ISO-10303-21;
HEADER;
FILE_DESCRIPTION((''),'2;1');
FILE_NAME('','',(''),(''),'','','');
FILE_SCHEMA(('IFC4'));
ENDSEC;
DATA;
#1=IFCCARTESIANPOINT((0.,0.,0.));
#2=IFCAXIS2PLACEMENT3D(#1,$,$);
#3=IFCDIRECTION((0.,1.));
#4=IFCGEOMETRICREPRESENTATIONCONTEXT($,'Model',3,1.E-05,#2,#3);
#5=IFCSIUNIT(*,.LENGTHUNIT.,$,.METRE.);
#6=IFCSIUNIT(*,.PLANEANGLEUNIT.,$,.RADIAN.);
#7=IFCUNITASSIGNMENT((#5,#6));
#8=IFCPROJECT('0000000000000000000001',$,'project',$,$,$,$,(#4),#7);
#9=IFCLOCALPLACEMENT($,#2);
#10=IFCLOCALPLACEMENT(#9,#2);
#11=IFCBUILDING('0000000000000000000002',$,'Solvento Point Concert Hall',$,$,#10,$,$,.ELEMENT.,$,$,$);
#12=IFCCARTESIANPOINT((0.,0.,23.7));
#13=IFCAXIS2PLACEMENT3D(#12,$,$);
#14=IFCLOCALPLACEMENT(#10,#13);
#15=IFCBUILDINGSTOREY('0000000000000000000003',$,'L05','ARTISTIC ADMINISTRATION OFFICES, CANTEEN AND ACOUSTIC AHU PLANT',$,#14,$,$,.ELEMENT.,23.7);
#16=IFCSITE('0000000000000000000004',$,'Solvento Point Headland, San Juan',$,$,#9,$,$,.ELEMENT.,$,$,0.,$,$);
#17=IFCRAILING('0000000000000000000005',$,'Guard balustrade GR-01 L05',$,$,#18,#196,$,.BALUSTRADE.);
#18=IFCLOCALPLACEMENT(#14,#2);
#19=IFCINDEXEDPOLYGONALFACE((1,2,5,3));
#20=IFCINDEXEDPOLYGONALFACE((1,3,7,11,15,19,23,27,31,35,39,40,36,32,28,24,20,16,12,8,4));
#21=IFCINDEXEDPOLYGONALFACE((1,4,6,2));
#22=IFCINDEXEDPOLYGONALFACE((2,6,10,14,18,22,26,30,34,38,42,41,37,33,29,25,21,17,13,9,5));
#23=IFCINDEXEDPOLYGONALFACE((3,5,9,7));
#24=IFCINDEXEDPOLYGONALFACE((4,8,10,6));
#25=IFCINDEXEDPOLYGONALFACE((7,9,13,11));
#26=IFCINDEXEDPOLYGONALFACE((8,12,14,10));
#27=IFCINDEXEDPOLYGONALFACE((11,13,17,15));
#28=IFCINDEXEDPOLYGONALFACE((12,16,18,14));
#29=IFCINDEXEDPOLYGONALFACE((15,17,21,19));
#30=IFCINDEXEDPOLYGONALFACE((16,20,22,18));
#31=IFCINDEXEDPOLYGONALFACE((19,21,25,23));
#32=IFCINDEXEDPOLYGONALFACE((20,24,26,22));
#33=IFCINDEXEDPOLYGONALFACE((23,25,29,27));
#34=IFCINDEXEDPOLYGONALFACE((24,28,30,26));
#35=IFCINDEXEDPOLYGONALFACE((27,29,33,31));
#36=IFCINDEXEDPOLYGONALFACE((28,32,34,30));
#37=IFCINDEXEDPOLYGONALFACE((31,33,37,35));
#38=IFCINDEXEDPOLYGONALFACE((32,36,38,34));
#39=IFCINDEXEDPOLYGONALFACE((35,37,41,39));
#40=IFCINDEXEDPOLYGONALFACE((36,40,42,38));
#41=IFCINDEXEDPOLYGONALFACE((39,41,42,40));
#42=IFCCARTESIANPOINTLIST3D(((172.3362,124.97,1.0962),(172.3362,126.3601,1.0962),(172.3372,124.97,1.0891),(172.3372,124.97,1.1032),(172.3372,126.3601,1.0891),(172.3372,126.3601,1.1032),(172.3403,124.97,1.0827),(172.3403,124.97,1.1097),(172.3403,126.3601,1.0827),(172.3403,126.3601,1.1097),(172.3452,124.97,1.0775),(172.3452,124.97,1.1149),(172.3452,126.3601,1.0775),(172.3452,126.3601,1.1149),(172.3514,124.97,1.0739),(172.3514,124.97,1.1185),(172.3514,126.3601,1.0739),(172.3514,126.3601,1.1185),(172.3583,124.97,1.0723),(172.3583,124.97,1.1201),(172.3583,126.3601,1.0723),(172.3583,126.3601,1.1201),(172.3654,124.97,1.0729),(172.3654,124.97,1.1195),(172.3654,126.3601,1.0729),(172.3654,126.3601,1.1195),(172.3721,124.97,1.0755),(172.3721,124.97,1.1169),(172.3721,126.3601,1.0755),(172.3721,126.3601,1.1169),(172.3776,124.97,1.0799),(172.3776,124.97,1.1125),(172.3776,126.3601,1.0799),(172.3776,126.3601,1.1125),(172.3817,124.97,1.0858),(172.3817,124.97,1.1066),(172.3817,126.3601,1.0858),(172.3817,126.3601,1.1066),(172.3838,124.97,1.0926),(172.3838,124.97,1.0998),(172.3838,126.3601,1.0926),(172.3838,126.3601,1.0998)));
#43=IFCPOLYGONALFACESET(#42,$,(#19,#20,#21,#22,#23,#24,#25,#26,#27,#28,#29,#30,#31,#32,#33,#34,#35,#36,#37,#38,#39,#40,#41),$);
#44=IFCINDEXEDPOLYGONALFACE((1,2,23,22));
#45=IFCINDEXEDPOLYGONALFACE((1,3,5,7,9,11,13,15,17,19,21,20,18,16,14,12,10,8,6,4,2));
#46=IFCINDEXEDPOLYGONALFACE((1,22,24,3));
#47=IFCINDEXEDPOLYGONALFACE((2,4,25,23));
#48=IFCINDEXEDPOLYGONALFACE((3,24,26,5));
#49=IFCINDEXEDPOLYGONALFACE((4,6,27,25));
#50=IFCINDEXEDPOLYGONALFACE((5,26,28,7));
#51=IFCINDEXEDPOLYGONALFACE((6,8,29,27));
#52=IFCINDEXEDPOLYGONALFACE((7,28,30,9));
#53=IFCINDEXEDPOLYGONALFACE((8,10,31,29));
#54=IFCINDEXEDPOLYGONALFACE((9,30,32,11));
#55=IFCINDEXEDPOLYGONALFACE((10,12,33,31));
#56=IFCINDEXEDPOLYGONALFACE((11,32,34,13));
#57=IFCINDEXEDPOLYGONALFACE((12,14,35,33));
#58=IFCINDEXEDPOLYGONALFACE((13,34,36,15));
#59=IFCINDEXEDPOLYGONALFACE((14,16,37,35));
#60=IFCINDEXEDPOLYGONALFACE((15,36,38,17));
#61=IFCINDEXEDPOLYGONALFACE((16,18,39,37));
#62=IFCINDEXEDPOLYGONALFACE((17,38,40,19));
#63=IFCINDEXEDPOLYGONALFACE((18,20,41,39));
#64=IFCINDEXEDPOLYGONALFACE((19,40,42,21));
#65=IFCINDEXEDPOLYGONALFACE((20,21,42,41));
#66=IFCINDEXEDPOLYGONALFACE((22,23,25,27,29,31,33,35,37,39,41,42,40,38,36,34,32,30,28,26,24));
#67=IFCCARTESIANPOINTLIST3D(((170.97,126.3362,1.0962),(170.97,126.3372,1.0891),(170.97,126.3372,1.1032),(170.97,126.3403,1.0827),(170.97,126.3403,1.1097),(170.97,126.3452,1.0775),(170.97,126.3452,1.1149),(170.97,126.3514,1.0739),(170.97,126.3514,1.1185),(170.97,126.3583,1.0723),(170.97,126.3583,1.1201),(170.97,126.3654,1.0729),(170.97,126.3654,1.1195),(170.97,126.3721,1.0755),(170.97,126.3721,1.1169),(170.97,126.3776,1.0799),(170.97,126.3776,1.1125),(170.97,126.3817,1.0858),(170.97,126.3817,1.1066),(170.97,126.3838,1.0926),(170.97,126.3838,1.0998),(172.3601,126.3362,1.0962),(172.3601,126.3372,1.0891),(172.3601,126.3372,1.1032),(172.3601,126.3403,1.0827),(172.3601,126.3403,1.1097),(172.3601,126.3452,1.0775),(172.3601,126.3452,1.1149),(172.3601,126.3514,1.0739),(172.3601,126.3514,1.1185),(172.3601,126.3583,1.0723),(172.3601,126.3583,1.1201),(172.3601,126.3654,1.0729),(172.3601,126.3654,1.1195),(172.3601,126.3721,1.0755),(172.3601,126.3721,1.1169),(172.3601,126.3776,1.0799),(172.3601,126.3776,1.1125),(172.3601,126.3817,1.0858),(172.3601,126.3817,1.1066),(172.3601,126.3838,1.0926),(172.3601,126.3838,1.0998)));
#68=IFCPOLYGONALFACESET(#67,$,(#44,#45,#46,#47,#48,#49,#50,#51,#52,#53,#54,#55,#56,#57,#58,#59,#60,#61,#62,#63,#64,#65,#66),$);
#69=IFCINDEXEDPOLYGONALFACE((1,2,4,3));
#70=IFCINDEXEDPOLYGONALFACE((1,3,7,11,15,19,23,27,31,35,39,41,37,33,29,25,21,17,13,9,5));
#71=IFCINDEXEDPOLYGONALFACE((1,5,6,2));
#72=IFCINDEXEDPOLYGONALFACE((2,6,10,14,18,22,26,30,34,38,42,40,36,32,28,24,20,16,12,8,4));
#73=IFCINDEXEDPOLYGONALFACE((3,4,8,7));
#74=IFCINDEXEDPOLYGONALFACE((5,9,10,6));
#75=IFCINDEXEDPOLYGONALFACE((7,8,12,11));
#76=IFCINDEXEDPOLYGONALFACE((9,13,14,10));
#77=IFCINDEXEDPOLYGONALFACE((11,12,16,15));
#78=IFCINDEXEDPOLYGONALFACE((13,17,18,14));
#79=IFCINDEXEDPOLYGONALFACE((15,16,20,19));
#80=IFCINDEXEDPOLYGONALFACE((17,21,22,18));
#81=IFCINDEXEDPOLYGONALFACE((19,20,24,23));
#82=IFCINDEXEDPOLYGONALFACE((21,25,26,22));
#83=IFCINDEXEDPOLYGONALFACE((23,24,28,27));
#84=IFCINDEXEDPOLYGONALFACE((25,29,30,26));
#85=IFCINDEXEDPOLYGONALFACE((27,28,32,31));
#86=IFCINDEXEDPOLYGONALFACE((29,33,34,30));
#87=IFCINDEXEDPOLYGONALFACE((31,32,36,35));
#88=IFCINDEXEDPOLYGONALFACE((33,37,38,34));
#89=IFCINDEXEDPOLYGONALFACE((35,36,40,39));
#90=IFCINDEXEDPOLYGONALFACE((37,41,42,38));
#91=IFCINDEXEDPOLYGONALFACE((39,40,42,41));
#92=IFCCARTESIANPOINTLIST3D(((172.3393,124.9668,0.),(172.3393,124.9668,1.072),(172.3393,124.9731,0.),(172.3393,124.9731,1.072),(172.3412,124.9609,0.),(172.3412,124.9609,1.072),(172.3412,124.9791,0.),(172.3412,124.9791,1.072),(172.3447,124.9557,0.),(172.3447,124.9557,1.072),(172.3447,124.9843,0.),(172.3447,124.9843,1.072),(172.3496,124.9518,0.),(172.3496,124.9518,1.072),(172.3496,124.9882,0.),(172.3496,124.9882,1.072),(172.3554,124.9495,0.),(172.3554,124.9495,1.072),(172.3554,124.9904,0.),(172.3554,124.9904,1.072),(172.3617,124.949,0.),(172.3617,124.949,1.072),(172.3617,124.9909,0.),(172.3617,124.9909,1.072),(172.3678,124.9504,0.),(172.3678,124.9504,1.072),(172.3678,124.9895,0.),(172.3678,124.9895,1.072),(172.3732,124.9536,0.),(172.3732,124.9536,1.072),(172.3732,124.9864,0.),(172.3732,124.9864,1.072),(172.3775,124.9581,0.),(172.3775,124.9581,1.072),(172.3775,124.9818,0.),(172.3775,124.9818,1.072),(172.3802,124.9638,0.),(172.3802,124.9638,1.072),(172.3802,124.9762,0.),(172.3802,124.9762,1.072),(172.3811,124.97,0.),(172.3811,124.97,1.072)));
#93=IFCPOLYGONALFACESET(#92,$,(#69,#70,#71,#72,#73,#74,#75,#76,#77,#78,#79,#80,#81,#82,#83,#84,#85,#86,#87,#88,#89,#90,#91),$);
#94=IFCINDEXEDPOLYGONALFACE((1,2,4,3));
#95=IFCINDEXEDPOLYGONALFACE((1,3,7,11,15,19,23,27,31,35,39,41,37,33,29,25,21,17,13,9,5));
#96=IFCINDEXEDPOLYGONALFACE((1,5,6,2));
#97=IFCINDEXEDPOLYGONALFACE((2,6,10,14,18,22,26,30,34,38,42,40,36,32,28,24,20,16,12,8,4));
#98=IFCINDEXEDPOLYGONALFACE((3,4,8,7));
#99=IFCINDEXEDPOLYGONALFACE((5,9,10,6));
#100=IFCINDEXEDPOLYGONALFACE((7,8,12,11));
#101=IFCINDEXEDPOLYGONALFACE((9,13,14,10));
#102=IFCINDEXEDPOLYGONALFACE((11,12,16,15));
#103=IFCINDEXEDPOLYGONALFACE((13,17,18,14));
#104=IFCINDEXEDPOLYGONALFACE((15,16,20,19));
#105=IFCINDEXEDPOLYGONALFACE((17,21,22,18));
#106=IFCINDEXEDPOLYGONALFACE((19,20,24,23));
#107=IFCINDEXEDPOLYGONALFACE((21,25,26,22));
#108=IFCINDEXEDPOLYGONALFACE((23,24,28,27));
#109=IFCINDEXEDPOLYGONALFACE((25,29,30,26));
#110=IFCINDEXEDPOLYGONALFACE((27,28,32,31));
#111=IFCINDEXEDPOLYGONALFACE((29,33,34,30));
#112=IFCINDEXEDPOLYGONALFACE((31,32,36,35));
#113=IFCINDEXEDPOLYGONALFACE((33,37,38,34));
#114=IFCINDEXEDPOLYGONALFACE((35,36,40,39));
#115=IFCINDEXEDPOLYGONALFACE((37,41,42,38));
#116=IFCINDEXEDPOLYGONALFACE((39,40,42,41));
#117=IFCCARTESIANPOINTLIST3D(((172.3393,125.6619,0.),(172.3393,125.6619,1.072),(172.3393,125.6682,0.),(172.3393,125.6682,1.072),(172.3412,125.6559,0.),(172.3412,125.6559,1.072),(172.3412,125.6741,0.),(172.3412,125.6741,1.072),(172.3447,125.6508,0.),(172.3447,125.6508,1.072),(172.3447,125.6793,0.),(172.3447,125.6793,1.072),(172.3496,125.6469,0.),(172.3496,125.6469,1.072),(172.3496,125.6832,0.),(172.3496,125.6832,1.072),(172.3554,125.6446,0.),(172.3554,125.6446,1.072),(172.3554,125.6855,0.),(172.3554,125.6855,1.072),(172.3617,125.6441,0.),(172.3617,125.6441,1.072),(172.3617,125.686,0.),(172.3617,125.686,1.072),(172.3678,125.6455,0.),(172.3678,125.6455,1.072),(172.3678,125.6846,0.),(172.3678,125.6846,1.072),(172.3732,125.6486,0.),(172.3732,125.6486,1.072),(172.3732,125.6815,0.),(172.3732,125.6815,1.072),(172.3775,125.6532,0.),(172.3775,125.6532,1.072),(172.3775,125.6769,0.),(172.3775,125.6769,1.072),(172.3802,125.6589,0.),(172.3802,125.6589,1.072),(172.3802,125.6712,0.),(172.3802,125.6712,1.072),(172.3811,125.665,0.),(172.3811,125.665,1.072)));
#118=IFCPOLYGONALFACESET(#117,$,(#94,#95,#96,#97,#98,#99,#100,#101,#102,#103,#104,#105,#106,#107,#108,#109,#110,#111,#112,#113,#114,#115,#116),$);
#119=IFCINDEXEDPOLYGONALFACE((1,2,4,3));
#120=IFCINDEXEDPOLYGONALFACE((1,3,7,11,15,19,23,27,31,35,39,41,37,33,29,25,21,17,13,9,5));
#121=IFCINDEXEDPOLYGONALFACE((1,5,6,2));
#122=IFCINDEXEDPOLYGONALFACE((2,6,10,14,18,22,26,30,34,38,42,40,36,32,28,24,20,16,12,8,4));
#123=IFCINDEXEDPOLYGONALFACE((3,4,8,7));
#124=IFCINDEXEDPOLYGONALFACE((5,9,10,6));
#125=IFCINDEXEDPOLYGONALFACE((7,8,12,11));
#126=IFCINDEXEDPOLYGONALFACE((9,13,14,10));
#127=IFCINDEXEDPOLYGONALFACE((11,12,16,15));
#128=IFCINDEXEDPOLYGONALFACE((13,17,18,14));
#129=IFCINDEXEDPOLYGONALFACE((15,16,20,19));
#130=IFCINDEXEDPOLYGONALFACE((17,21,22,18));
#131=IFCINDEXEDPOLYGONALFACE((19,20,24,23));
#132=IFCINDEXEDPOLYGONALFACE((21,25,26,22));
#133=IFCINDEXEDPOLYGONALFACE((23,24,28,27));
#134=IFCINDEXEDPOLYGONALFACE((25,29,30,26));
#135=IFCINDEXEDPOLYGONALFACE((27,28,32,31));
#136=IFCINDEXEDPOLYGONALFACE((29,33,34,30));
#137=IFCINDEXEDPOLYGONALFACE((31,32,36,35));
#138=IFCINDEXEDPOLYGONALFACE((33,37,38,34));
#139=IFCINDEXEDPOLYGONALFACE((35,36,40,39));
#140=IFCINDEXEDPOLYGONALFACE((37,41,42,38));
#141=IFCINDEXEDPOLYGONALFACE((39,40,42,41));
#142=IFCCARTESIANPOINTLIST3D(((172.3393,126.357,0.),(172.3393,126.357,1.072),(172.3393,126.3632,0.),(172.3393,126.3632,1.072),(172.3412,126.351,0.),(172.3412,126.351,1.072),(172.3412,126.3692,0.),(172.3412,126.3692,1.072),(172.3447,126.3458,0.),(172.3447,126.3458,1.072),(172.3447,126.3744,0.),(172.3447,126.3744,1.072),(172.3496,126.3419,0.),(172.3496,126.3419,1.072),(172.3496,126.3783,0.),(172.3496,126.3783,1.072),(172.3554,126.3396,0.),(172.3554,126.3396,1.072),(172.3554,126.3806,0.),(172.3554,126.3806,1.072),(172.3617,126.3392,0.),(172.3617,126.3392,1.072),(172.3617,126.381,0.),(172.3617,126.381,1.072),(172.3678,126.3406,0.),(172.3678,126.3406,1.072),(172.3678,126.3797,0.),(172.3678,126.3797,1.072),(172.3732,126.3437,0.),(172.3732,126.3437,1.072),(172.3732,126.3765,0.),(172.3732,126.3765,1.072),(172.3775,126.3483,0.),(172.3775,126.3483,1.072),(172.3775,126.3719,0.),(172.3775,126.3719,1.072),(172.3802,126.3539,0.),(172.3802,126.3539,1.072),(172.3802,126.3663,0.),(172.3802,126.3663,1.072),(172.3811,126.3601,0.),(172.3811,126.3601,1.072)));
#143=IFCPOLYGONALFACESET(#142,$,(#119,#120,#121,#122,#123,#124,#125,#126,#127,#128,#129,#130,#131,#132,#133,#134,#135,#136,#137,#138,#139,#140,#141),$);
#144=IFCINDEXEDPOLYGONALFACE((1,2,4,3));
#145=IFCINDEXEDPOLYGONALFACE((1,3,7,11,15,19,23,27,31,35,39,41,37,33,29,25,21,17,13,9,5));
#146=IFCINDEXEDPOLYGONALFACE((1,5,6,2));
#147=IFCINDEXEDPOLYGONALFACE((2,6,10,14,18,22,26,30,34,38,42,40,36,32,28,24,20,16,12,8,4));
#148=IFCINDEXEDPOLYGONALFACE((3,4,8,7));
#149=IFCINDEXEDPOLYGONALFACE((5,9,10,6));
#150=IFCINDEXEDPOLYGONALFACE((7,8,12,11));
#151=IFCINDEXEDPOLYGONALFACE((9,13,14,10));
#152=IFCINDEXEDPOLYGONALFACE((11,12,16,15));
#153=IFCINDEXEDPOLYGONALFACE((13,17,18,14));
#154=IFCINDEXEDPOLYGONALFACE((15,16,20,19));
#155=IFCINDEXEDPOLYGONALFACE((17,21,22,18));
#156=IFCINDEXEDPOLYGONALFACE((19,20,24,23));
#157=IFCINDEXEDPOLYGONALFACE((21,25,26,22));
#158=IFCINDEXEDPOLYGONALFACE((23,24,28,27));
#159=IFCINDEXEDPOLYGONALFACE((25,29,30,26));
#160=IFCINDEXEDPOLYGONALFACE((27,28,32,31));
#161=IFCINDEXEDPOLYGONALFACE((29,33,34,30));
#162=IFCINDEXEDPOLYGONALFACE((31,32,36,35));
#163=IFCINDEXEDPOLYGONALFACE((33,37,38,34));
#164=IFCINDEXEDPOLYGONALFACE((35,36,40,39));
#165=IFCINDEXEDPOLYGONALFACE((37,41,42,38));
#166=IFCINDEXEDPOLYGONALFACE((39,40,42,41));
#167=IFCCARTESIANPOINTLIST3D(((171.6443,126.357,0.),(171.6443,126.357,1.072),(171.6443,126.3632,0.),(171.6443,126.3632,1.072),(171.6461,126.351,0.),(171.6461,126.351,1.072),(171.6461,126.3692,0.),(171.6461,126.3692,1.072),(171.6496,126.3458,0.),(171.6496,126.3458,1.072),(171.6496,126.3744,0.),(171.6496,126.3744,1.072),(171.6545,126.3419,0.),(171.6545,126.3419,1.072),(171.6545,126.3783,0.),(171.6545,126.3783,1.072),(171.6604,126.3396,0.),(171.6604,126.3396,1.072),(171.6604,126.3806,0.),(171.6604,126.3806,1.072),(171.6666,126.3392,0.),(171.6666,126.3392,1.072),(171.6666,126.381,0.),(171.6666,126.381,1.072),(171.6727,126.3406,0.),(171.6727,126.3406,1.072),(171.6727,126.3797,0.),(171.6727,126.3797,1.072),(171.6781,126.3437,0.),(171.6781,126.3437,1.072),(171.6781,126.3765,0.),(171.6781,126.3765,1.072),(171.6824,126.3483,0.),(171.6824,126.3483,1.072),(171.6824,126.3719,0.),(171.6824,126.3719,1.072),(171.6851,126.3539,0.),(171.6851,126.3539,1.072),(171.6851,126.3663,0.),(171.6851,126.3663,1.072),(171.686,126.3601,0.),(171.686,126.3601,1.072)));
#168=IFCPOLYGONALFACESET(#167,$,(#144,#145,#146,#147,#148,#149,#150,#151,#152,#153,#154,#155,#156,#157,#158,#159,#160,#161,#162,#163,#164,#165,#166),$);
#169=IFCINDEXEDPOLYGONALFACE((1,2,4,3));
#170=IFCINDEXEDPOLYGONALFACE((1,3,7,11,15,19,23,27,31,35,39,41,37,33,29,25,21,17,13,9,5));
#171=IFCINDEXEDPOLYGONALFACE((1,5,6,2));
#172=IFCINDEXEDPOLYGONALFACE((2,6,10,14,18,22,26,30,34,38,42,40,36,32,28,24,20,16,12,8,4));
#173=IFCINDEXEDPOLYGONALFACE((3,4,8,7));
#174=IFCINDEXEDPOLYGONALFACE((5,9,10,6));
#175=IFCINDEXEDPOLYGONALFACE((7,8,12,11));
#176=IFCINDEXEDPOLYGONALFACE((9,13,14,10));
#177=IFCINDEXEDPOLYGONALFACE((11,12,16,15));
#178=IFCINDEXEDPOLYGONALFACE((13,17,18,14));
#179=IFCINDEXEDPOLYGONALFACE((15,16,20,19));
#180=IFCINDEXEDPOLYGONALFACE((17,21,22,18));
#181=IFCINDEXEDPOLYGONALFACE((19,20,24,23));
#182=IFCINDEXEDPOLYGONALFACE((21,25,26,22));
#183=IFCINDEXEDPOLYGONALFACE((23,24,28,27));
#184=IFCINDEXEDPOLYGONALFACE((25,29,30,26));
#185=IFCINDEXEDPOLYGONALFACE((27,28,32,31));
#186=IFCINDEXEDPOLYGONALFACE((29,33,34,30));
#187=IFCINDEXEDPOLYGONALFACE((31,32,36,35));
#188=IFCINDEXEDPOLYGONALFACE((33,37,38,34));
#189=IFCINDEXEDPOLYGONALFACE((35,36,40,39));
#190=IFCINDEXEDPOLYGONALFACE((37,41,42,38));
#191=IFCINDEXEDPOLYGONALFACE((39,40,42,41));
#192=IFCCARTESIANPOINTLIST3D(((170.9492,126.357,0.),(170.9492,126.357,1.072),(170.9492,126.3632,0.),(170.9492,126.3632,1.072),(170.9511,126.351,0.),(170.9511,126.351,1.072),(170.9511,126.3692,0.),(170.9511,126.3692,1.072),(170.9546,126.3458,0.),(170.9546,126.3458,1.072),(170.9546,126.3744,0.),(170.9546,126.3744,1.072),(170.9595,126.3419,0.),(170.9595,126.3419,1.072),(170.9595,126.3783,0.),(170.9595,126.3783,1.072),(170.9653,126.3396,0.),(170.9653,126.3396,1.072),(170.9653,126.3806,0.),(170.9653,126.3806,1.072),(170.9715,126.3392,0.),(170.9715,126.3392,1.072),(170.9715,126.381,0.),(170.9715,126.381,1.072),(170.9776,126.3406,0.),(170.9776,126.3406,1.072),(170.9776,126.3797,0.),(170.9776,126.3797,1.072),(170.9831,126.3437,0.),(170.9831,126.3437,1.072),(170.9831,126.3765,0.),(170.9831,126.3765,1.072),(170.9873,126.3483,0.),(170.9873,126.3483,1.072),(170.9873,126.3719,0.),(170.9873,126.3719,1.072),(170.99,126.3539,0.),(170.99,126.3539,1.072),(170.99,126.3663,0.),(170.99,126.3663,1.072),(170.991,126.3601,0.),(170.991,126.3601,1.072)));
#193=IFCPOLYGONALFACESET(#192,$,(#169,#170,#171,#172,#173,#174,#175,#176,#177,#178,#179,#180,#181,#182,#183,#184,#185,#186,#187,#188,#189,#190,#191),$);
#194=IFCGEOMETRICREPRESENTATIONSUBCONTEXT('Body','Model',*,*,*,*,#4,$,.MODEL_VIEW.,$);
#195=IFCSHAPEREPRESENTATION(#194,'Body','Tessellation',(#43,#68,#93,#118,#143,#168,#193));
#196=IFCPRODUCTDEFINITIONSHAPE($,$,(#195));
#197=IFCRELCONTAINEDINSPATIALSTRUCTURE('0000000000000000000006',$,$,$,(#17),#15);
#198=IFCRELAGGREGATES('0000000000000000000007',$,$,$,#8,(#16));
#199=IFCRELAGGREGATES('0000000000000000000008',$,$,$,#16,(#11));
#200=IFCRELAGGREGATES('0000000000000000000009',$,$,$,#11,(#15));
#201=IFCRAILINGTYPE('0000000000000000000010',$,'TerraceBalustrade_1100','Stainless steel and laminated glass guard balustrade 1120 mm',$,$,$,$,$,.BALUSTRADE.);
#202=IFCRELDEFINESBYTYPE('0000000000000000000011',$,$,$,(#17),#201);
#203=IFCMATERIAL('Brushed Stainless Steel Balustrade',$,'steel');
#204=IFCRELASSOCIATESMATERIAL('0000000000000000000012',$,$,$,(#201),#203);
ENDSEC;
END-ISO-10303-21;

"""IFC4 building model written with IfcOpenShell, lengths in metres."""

from ifc_helpers import new_model, si_unit, direction, frame, origin, origin_2d, place, context, subcontext, project, spatial, circle, extrude, material, type_object, element, save


model = new_model("IFC4")

# Units and contexts
model_context = context("Model", 3, precision=1e-05, world=origin(), true_north=direction((0.0, 1.0)))
body_context = subcontext(model_context, "Body", "Model", "MODEL_VIEW")
ifc_project = project(units=[si_unit("LENGTHUNIT", "METRE"), si_unit("PLANEANGLEUNIT", "RADIAN")], contexts=[model_context])

# Site, building, storey
site_placement = place(None, origin())
site = spatial("IfcSite", under=ifc_project, at=site_placement, Name="Solvento Point Headland, San Juan", CompositionType="ELEMENT", RefElevation=0.0)
building_placement = place(site_placement, origin())
building = spatial("IfcBuilding", under=site, at=building_placement, Name="Solvento Point Concert Hall", CompositionType="ELEMENT")
storey_placement = place(building_placement, frame((0.0, 0.0, 23.7)))
storey = spatial("IfcBuildingStorey", under=building, at=storey_placement, Name="L05", Description="ARTISTIC ADMINISTRATION OFFICES, CANTEEN AND ACOUSTIC AHU PLANT", CompositionType="ELEMENT", Elevation=23.7)

# Railing
ifc_material_1 = material(Name="Brushed Stainless Steel Balustrade", Category="steel")
railing_type = type_object("IfcRailingType", Name="TerraceBalustrade_1100", Description="Stainless steel and laminated glass guard balustrade 1120 mm", PredefinedType="BALUSTRADE", material=ifc_material_1)
railing_1_placement = place(storey_placement, frame((172.3601, 124.97, 0.0)))
element("IfcRailing", 1, at=railing_1_placement, inside=storey, type_object=railing_type, Name="Guard balustrade GR-01 L05", PredefinedType="BALUSTRADE", context=body_context, shape_type="SweptSolid", body=[
    extrude(circle(Radius=0.0239, at=origin_2d()), frame((0.0, 0.0, 1.0962), z_axis=(0.0, 1.0, 0.0), x_axis=(-1.0, 0.0, 0.0)), (0.0, 0.0, 1.0), 1.3901),
    extrude(circle(Radius=0.0239, at=origin_2d()), frame((0.0, 1.3901, 1.0962), z_axis=(-1.0, 0.0, 0.0), x_axis=(0.0, -1.0, 0.0)), (0.0, 0.0, 1.0), 1.3901),
    extrude(circle(Radius=0.021, at=origin_2d()), origin(), (0.0, 0.0, 1.0), 1.072),
    extrude(circle(Radius=0.021, at=origin_2d()), frame((0.0, 0.6951, 0.0)), (0.0, 0.0, 1.0), 1.072),
    extrude(circle(Radius=0.021, at=origin_2d()), frame((0.0, 1.3901, 0.0)), (0.0, 0.0, 1.0), 1.072),
    extrude(circle(Radius=0.021, at=origin_2d()), frame((-0.6951, 1.3901, 0.0)), (0.0, 0.0, 1.0), 1.072),
    extrude(circle(Radius=0.021, at=origin_2d()), frame((-1.3901, 1.3901, 0.0)), (0.0, 0.0, 1.0), 1.072),
])

save(model, "model.ifc")
